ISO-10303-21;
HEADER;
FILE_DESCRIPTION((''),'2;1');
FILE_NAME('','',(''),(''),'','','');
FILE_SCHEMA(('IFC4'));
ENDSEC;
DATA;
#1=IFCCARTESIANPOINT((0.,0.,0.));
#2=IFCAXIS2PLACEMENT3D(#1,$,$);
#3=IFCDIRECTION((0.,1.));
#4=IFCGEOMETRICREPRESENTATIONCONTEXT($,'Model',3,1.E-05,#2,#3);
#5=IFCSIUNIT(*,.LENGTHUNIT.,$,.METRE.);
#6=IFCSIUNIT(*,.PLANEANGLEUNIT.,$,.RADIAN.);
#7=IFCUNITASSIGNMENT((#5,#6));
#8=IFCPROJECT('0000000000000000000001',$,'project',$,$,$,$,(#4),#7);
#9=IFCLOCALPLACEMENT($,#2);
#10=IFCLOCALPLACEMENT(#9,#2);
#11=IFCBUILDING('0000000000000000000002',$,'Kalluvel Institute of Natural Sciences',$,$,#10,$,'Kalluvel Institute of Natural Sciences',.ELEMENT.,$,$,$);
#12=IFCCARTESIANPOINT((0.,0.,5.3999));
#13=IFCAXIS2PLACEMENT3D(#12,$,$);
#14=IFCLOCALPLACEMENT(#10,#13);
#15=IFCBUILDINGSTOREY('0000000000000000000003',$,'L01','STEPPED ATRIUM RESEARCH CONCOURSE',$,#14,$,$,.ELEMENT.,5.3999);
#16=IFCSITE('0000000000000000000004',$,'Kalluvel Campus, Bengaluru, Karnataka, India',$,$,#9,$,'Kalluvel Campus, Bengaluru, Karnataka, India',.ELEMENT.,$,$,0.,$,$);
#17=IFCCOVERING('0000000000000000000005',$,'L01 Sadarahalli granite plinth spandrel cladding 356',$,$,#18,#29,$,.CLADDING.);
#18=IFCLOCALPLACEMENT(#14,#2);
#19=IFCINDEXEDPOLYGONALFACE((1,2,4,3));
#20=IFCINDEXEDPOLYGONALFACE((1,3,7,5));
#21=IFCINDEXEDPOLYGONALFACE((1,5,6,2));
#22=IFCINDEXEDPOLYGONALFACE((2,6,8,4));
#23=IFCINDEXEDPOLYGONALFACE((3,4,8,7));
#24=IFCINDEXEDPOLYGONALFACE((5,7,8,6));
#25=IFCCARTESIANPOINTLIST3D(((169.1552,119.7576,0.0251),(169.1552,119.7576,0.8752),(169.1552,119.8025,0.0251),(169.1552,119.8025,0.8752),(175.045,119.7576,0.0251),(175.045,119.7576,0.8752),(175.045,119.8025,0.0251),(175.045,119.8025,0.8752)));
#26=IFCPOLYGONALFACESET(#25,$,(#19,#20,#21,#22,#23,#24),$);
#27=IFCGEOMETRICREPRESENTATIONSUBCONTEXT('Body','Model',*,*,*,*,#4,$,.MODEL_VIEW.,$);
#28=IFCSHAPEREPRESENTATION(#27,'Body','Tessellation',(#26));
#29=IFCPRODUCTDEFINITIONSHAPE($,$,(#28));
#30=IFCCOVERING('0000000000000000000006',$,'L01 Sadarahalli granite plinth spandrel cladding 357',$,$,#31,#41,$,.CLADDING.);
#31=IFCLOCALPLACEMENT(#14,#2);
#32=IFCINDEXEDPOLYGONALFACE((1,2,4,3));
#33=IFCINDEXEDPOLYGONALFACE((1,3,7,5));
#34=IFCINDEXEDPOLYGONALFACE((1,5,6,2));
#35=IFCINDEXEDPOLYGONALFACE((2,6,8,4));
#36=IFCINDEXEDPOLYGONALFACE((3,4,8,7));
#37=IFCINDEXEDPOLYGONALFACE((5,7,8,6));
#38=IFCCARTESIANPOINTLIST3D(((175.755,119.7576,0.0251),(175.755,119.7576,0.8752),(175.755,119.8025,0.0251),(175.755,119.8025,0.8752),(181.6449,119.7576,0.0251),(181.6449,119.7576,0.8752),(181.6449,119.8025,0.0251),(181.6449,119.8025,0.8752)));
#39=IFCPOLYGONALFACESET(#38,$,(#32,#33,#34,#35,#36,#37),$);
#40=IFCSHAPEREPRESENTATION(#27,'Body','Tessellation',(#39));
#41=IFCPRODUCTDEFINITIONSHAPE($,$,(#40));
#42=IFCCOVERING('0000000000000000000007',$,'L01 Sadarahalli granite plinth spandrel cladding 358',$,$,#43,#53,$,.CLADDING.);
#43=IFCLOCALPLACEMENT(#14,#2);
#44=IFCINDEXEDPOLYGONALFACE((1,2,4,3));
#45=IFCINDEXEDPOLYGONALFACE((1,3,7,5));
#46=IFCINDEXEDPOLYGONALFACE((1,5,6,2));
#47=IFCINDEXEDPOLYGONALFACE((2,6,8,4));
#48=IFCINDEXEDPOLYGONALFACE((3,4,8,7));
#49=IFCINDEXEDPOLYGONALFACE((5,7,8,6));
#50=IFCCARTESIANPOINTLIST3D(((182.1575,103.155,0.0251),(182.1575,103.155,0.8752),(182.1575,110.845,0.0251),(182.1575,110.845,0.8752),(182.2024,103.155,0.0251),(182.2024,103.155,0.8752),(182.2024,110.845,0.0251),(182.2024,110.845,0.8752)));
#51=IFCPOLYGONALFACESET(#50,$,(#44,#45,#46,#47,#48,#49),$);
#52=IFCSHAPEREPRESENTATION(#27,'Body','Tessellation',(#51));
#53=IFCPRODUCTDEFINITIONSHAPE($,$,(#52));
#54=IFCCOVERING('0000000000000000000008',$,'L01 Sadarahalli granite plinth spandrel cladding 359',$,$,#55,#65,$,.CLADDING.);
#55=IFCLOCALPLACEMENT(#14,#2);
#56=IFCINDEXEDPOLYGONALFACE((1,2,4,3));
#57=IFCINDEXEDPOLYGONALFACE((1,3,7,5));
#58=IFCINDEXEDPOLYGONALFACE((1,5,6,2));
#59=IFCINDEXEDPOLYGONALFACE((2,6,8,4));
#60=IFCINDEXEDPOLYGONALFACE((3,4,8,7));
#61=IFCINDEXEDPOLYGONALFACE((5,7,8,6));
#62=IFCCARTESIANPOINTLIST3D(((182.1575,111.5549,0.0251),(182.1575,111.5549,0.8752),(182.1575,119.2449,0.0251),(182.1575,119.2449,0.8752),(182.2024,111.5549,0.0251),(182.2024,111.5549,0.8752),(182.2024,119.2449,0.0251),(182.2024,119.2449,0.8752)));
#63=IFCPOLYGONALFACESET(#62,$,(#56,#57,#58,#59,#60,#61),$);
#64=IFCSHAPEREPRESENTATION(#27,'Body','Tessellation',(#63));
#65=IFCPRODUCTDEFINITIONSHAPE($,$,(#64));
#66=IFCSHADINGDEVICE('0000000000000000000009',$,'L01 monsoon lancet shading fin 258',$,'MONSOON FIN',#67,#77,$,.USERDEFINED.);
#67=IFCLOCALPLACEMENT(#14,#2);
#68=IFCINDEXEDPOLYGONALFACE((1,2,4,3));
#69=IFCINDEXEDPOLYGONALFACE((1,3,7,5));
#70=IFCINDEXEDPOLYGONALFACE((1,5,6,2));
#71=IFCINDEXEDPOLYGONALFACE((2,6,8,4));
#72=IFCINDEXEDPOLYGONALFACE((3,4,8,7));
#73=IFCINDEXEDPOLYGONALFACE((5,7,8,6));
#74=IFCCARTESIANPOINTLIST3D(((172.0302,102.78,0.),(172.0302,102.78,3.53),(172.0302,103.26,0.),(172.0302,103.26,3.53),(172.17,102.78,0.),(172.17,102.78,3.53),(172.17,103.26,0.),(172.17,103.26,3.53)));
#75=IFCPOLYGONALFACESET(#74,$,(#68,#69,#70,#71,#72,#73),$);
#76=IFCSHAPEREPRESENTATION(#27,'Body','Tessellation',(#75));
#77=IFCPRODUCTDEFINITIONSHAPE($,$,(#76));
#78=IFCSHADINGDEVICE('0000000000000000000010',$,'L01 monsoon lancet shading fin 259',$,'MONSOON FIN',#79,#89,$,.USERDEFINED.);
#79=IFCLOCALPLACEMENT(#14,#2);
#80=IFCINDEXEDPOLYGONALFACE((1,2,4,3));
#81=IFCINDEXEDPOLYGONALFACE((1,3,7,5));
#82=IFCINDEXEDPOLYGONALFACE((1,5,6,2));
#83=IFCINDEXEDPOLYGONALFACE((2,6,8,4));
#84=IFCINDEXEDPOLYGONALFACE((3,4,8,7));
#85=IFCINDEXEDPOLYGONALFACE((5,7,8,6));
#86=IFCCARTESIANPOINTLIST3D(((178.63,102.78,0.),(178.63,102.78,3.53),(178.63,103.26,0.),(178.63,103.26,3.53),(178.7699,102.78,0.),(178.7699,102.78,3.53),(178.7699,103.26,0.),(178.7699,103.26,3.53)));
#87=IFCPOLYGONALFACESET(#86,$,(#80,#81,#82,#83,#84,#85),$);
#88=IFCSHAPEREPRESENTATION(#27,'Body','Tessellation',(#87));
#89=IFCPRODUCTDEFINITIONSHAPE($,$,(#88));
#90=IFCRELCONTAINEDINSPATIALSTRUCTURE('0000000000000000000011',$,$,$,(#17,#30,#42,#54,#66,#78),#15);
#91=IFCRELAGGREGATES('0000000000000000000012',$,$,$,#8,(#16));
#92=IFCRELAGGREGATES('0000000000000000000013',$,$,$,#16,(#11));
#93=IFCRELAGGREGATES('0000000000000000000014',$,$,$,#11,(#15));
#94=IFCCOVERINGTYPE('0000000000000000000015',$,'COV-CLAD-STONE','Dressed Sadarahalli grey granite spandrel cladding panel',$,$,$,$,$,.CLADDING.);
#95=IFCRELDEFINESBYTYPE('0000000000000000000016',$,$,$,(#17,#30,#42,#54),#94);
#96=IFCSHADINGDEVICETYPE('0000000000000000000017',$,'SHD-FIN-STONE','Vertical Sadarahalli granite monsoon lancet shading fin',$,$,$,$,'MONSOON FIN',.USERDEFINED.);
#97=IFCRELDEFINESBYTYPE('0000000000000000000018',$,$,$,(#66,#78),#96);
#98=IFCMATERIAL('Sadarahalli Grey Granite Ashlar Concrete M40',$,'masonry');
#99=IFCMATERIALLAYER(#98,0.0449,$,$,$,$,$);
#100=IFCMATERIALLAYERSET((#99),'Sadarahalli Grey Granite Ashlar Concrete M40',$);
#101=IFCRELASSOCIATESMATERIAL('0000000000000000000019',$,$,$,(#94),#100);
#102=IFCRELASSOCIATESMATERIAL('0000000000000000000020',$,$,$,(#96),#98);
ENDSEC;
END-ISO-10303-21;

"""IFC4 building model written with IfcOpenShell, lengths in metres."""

from ifc_helpers import new_model, si_unit, direction, frame, origin, origin_2d, place, context, subcontext, project, spatial, rectangle, extrude, material, layer, layer_set, type_object, element, save


model = new_model("IFC4")

# Units and contexts
model_context = context("Model", 3, precision=1e-05, world=origin(), true_north=direction((0.0, 1.0)))
body_context = subcontext(model_context, "Body", "Model", "MODEL_VIEW")
ifc_project = project(units=[si_unit("LENGTHUNIT", "METRE"), si_unit("PLANEANGLEUNIT", "RADIAN")], contexts=[model_context])

# Site, building, storey
site_placement = place(None, origin())
site = spatial("IfcSite", under=ifc_project, at=site_placement, Name="Kalluvel Campus, Bengaluru, Karnataka, India", LongName="Kalluvel Campus, Bengaluru, Karnataka, India", CompositionType="ELEMENT", RefElevation=0.0)
building_placement = place(site_placement, origin())
building = spatial("IfcBuilding", under=site, at=building_placement, Name="Kalluvel Institute of Natural Sciences", LongName="Kalluvel Institute of Natural Sciences", CompositionType="ELEMENT")
storey_placement = place(building_placement, frame((0.0, 0.0, 5.3999)))
storey = spatial("IfcBuildingStorey", under=building, at=storey_placement, Name="L01", Description="STEPPED ATRIUM RESEARCH CONCOURSE", CompositionType="ELEMENT", Elevation=5.3999)

# Shared definitions
ifc_material_1 = material(Name="Sadarahalli Grey Granite Ashlar Concrete M40", Category="masonry")

# Coverings
ifc_layer_1 = layer(ifc_material_1, 0.0449)
ifc_layer_set_1 = layer_set([ifc_layer_1], Name="Sadarahalli Grey Granite Ashlar Concrete M40")
covering_type = type_object("IfcCoveringType", Name="COV-CLAD-STONE", Description="Dressed Sadarahalli grey granite spandrel cladding panel", PredefinedType="CLADDING", material=ifc_layer_set_1)
for number, where, z_axis, x_axis, name in (
    (1, (172.1001, 119.78, 0.0251), (0.0, 0.0, 1.0), (1.0, 0.0, 0.0), "L01 Sadarahalli granite plinth spandrel cladding 356"),
    (2, (178.7, 119.78, 0.0251), (0.0, 0.0, 1.0), (1.0, 0.0, 0.0), "L01 Sadarahalli granite plinth spandrel cladding 357"),
):
    element("IfcCovering", number, at=place(storey_placement, frame(where, z_axis=z_axis, x_axis=x_axis)), inside=storey, type_object=covering_type, Name=name, PredefinedType="CLADDING", context=body_context, shape_type="SweptSolid", body=[
        extrude(rectangle(XDim=5.8899, YDim=0.0449, at=origin_2d()), origin(), (0.0, 0.0, 1.0), 0.8501),
    ])
for number, where, z_axis, x_axis, name in (
    (3, (182.1799, 107.0, 0.0251), (0.0, 0.0, 1.0), (0.0, 1.0, 0.0), "L01 Sadarahalli granite plinth spandrel cladding 358"),
    (4, (182.1799, 115.3999, 0.0251), (0.0, 0.0, 1.0), (0.0, 1.0, 0.0), "L01 Sadarahalli granite plinth spandrel cladding 359"),
):
    element("IfcCovering", number, at=place(storey_placement, frame(where, z_axis=z_axis, x_axis=x_axis)), inside=storey, type_object=covering_type, Name=name, PredefinedType="CLADDING", context=body_context, shape_type="SweptSolid", body=[
        extrude(rectangle(XDim=7.6899, YDim=0.0449, at=origin_2d()), origin(), (0.0, 0.0, 1.0), 0.8501),
    ])

# Shading devices
shading_device_type = type_object("IfcShadingDeviceType", Name="SHD-FIN-STONE", Description="Vertical Sadarahalli granite monsoon lancet shading fin", ElementType="MONSOON FIN", PredefinedType="USERDEFINED", material=ifc_material_1)
for number, where, z_axis, x_axis, name in (
    (5, (172.1001, 103.02, 0.0), (0.0, 0.0, 1.0), (1.0, 0.0, 0.0), "L01 monsoon lancet shading fin 258"),
    (6, (178.7, 103.02, 0.0), (0.0, 0.0, 1.0), (1.0, 0.0, 0.0), "L01 monsoon lancet shading fin 259"),
):
    element("IfcShadingDevice", number, at=place(storey_placement, frame(where, z_axis=z_axis, x_axis=x_axis)), inside=storey, type_object=shading_device_type, Name=name, ObjectType="MONSOON FIN", PredefinedType="USERDEFINED", context=body_context, shape_type="SweptSolid", body=[
        extrude(rectangle(XDim=0.1399, YDim=0.48, at=origin_2d()), origin(), (0.0, 0.0, 1.0), 3.53),
    ])

save(model, "model.ifc")
